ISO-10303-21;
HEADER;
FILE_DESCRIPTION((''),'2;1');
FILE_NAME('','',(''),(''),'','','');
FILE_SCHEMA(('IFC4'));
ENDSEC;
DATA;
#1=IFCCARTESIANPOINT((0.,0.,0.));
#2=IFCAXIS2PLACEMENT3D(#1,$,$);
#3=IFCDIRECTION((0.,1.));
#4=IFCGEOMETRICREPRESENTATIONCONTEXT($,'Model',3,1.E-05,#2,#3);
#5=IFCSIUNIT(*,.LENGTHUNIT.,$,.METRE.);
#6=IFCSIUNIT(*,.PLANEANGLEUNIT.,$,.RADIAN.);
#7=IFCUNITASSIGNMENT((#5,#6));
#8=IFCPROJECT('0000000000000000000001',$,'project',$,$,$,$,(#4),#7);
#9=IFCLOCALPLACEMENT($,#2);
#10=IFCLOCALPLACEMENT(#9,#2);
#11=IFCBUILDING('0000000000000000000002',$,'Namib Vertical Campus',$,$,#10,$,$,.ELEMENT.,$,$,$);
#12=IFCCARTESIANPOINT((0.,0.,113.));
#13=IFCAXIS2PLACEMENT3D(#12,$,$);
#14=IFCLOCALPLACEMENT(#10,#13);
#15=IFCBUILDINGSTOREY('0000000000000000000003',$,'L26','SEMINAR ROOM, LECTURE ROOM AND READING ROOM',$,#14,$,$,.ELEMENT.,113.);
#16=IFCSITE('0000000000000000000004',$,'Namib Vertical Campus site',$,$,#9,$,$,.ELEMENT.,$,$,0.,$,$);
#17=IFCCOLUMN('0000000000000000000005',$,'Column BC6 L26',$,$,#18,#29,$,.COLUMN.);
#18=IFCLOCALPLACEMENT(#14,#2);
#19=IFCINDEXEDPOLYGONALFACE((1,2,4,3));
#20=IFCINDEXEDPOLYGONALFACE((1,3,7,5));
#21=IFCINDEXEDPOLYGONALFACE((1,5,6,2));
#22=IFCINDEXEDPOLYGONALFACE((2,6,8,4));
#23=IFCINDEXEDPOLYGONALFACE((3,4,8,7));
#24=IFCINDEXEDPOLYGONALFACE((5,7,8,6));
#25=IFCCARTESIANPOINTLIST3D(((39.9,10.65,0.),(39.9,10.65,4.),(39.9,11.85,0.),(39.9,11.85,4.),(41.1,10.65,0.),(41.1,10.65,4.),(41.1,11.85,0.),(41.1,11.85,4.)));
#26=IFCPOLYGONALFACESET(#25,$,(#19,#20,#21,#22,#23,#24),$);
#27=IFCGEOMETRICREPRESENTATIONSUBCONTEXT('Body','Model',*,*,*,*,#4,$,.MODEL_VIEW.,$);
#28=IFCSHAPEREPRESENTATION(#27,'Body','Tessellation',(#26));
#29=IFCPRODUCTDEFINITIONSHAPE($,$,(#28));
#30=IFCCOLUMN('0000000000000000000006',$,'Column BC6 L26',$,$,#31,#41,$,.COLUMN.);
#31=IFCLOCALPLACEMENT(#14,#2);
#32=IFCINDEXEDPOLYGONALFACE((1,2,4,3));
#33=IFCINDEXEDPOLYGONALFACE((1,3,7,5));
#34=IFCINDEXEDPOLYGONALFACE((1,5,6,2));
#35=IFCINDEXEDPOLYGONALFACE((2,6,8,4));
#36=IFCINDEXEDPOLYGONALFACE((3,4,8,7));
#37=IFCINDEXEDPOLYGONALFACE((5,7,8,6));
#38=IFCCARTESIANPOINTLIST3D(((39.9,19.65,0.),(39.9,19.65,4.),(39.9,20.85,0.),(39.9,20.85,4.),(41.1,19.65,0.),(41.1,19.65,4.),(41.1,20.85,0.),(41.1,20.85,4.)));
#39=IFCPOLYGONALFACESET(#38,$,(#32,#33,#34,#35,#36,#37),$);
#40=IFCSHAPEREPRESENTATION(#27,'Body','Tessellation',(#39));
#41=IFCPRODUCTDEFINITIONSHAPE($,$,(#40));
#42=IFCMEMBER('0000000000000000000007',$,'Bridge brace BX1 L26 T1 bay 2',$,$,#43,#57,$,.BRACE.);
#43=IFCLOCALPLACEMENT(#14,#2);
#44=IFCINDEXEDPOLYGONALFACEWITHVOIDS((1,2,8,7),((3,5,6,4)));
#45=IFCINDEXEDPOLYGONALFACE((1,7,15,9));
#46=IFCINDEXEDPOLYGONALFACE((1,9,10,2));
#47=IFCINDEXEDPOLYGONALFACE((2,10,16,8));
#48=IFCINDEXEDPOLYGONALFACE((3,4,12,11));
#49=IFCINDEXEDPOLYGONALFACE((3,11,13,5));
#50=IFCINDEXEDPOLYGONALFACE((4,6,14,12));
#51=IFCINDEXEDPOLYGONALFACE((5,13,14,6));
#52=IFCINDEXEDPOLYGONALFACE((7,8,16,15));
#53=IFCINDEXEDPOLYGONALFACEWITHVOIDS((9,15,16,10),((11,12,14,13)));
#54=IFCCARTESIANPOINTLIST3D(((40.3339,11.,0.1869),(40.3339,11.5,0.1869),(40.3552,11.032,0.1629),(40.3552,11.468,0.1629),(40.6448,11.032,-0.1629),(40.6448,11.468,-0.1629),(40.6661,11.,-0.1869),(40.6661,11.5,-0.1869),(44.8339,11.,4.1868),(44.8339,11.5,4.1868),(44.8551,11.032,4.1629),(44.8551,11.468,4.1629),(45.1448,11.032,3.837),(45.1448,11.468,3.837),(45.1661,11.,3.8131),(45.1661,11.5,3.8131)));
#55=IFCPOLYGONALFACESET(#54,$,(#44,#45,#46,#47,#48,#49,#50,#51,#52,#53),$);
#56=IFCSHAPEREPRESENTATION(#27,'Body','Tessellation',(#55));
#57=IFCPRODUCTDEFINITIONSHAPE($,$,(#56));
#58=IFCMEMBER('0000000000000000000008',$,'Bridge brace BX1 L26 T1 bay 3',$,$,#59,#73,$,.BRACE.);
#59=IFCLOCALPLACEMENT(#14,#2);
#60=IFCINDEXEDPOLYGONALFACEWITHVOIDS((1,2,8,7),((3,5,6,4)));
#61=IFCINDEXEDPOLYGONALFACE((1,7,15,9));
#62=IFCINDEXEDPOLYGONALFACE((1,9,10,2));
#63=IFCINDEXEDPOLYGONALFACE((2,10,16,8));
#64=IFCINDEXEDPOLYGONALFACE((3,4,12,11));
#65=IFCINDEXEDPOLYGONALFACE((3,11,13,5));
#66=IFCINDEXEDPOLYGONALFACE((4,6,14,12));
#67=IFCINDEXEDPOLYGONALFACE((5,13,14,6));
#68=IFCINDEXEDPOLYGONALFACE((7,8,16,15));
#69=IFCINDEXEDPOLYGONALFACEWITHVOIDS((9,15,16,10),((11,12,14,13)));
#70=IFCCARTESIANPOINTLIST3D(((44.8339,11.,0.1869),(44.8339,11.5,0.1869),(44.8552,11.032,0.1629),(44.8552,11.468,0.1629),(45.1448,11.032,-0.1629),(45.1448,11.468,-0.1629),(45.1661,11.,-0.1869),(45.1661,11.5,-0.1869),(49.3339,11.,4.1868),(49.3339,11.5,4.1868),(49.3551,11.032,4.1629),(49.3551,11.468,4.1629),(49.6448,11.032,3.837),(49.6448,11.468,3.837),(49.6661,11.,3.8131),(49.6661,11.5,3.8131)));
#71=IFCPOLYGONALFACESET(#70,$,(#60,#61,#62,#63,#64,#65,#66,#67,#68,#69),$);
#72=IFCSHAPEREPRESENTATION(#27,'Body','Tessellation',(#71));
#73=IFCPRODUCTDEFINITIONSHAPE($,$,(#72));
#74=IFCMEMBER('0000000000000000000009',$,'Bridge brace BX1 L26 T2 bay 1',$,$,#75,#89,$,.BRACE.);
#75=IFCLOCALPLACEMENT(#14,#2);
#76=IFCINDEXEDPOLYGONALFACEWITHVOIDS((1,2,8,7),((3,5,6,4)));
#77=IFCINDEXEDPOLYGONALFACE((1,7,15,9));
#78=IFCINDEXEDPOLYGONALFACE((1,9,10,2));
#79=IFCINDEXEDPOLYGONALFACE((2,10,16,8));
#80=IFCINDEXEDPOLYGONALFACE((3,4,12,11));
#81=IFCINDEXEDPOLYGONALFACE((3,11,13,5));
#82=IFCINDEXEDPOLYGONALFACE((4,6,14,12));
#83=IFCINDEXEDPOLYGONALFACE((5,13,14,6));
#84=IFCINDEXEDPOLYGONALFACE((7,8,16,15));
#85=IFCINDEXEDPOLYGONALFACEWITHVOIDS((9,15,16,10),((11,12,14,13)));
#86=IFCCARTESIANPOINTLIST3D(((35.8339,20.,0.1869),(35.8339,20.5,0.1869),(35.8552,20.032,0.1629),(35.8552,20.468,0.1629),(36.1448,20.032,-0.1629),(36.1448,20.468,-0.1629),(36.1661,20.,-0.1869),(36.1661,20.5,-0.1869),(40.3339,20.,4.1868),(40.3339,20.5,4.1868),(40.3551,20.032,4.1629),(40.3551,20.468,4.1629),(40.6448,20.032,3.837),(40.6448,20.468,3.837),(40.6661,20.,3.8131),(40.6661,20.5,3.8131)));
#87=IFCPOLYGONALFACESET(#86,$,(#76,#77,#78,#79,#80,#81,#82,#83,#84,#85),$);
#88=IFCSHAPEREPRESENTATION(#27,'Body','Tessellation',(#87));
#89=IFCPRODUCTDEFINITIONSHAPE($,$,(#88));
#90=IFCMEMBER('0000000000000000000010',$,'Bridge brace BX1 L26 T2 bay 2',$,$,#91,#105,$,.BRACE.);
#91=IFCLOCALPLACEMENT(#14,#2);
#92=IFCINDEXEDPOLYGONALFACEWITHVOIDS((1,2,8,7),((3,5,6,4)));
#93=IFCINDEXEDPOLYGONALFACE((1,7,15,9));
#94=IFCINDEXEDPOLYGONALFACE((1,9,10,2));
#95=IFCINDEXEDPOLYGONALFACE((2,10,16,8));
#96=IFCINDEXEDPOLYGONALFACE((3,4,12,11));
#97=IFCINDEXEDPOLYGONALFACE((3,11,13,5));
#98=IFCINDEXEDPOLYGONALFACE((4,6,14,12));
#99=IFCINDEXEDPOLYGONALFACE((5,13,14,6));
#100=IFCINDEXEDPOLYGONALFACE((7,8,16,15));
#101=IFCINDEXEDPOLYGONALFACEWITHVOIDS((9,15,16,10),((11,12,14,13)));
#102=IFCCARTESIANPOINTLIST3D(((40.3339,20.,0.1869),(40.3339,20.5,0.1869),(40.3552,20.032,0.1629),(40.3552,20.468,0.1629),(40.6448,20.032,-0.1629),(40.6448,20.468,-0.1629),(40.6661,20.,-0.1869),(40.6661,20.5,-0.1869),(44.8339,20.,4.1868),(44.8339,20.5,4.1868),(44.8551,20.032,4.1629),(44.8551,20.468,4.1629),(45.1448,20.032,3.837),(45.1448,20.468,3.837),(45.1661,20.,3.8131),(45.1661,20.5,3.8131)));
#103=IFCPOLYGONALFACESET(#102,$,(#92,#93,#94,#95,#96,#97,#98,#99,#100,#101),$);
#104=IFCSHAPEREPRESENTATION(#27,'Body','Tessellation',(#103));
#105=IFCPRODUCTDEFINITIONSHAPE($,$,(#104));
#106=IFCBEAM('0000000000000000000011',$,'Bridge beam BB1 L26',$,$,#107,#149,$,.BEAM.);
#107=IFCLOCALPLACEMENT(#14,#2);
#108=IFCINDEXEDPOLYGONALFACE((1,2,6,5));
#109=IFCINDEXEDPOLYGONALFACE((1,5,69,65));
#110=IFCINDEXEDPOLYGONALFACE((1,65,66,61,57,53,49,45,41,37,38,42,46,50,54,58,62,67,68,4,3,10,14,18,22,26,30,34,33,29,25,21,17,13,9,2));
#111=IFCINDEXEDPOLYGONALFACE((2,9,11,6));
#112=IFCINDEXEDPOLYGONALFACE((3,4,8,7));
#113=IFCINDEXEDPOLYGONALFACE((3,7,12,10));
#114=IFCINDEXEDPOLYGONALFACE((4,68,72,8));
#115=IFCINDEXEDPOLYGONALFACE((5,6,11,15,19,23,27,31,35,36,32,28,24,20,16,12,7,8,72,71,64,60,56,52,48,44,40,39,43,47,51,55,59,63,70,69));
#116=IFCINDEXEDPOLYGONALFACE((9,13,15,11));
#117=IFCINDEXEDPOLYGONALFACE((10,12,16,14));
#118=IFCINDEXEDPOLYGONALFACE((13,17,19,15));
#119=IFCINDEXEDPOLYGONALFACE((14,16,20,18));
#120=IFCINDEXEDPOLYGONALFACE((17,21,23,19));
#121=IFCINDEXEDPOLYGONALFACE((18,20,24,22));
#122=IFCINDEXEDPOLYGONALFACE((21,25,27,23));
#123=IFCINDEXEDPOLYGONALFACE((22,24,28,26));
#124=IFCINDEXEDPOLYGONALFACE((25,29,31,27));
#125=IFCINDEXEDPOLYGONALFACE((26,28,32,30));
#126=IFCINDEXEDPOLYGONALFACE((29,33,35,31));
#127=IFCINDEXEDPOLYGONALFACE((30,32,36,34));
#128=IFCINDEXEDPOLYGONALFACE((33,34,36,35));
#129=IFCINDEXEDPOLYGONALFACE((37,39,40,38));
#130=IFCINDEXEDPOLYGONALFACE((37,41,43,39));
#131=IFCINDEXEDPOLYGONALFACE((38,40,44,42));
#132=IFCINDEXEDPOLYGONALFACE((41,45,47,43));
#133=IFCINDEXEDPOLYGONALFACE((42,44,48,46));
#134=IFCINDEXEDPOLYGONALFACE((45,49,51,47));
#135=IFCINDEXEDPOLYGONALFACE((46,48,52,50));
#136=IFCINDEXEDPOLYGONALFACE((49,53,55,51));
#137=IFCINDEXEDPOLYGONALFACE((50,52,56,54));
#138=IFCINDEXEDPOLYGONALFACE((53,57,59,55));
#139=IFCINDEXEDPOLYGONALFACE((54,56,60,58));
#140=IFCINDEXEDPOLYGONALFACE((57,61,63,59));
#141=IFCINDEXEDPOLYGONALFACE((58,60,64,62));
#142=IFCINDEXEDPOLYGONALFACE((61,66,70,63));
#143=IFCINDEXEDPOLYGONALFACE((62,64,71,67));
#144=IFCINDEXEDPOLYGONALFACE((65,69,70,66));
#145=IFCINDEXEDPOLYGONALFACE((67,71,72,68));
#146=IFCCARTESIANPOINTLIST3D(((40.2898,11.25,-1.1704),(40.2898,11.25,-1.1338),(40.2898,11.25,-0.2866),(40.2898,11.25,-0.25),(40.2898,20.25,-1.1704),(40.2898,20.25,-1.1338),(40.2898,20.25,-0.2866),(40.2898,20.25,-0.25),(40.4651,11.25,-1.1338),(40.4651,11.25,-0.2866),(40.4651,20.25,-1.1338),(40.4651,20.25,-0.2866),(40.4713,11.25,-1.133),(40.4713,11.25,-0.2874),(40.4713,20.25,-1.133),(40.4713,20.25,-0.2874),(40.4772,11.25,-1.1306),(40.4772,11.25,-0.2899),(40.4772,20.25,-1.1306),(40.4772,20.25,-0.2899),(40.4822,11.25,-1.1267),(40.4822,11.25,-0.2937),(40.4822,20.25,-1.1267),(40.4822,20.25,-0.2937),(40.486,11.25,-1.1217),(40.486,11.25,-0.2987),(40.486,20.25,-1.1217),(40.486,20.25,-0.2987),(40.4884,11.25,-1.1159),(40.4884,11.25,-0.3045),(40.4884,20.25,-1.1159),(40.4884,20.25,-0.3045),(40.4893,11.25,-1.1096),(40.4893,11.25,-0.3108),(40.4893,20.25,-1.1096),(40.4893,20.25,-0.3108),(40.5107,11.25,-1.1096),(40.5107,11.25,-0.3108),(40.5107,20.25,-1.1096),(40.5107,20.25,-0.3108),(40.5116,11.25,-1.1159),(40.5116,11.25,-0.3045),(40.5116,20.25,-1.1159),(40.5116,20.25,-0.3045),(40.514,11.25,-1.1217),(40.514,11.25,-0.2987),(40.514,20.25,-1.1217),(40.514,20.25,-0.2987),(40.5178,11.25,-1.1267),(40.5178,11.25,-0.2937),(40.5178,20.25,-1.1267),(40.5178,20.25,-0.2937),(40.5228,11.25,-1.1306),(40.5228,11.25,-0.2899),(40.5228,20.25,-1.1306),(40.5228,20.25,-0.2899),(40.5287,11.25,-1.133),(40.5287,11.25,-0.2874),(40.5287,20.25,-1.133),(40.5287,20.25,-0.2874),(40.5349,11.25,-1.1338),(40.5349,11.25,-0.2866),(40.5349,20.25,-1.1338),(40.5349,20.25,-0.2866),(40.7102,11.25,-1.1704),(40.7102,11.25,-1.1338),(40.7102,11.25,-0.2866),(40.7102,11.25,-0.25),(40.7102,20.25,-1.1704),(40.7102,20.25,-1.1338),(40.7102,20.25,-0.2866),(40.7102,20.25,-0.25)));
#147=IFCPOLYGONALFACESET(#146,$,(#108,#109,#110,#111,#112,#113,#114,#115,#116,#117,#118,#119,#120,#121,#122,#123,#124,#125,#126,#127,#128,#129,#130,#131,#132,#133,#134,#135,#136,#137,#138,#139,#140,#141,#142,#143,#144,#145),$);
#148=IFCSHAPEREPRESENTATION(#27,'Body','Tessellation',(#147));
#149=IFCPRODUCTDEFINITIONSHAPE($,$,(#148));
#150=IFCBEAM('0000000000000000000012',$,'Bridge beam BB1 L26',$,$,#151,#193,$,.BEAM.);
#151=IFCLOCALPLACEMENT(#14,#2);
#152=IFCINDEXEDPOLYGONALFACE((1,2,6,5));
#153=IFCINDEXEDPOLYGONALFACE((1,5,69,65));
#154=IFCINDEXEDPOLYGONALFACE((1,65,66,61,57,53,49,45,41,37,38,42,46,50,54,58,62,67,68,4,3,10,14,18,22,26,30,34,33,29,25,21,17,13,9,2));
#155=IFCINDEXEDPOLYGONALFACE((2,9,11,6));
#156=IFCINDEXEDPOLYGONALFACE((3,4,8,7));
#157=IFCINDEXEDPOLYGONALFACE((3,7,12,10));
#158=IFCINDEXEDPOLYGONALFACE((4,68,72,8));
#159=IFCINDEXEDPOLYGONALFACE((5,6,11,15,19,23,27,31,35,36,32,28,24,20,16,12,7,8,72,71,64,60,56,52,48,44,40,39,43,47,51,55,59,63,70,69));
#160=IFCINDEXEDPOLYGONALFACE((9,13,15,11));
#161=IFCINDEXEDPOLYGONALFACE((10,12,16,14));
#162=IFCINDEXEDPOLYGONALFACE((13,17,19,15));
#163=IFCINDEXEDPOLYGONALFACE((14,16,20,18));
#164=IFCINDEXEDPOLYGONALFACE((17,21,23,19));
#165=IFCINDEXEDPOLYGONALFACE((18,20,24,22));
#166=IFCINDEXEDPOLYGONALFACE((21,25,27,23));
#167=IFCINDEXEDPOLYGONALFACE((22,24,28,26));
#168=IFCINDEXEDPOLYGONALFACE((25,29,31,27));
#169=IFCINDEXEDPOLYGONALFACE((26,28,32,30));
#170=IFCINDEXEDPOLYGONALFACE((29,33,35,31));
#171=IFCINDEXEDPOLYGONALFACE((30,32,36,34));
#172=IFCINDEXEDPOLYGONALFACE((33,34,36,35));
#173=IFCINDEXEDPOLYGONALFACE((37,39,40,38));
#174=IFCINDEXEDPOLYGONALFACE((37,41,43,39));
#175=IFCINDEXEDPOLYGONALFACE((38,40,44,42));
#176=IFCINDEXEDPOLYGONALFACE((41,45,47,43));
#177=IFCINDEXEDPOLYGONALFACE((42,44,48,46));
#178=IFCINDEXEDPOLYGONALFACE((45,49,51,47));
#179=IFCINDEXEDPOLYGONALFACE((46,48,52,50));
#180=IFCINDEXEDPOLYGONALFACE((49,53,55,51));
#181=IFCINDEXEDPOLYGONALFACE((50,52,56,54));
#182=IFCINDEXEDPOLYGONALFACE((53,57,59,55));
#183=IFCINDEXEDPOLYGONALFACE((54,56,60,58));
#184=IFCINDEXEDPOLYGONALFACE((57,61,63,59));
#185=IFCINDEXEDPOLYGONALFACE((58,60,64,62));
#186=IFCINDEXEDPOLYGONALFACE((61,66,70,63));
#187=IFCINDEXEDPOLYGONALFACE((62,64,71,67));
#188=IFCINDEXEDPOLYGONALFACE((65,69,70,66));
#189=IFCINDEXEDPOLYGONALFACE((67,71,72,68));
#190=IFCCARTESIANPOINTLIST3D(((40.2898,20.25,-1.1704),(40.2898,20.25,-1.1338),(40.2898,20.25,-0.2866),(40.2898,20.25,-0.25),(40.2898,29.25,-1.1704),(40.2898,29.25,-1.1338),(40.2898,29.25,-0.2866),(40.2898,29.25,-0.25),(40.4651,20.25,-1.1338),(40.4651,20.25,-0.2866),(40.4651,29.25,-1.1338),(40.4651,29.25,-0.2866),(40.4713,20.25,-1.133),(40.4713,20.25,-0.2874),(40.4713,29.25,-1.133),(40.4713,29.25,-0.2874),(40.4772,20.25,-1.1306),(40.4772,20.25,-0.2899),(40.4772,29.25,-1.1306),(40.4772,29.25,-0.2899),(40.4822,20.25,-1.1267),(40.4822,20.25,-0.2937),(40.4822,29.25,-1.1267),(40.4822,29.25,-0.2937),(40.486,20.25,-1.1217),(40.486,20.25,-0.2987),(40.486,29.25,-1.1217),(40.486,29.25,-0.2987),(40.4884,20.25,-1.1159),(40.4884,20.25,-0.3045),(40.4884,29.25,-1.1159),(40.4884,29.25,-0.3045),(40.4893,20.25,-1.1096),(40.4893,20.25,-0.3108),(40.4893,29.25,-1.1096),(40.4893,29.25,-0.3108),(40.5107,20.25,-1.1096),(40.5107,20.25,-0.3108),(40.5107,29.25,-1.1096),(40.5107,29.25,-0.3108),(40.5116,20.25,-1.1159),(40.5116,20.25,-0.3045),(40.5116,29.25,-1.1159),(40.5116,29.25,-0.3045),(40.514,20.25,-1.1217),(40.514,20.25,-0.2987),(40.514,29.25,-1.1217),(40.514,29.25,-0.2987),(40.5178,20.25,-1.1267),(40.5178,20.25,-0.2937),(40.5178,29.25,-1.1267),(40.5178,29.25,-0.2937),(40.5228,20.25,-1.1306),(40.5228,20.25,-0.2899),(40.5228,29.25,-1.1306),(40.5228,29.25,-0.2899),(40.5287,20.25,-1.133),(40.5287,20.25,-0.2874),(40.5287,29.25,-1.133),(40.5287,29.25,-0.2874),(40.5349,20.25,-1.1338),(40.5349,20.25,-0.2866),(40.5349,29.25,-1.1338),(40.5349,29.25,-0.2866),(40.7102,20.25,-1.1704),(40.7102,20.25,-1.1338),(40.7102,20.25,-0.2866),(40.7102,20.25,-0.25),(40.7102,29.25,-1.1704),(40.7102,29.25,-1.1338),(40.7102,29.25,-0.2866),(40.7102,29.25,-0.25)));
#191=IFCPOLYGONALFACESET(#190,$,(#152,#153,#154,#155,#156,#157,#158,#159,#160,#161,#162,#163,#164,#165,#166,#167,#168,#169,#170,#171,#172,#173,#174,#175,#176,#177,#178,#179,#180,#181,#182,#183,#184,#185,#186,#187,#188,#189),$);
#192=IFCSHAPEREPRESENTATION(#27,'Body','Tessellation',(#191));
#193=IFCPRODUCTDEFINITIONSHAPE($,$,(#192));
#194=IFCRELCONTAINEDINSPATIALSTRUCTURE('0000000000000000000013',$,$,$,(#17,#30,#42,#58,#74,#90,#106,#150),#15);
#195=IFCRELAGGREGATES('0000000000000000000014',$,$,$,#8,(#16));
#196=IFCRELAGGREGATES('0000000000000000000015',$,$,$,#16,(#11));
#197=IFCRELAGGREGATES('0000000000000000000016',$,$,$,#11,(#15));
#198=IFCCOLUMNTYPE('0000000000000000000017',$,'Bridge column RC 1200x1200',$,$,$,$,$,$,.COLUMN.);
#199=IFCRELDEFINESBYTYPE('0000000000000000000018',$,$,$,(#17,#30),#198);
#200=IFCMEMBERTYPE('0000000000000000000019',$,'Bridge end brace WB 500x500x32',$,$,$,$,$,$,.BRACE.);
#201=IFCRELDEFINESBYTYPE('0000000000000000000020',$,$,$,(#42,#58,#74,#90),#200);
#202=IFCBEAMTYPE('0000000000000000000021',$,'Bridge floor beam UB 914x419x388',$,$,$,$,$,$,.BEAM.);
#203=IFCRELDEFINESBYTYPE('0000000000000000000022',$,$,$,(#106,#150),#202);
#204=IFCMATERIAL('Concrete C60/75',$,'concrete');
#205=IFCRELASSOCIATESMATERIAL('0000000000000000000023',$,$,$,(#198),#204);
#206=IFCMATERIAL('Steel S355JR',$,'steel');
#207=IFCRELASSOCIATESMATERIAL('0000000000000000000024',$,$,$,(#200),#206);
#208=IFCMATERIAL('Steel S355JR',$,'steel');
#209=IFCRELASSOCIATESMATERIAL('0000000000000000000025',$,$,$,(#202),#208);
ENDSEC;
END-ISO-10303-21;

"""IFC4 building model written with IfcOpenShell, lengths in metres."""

from ifc_helpers import new_model, si_unit, direction, frame, origin, origin_2d, place, context, subcontext, project, spatial, rectangle, hollow_rectangle, i_section, extrude, material, material_profile, profile_set, type_object, element, save


model = new_model("IFC4")

# Units and contexts
model_context = context("Model", 3, precision=1e-05, world=origin(), true_north=direction((0.0, 1.0)))
body_context = subcontext(model_context, "Body", "Model", "MODEL_VIEW")
ifc_project = project(units=[si_unit("LENGTHUNIT", "METRE"), si_unit("PLANEANGLEUNIT", "RADIAN")], contexts=[model_context])

# Site, building, storey
site_placement = place(None, origin())
site = spatial("IfcSite", under=ifc_project, at=site_placement, Name="Namib Vertical Campus site", CompositionType="ELEMENT", RefElevation=0.0)
building_placement = place(site_placement, origin())
building = spatial("IfcBuilding", under=site, at=building_placement, Name="Namib Vertical Campus", CompositionType="ELEMENT")
storey_placement = place(building_placement, frame((0.0, 0.0, 113.0)))
storey = spatial("IfcBuildingStorey", under=building, at=storey_placement, Name="L26", Description="SEMINAR ROOM, LECTURE ROOM AND READING ROOM", CompositionType="ELEMENT", Elevation=113.0)

# Columns
ifc_material_1 = material(Name="Concrete C60/75", Category="concrete")
ifc_material_profile_1 = material_profile(ifc_material_1, rectangle(XDim=1.2, YDim=1.2, at=origin_2d()))
ifc_profile_set_1 = profile_set([ifc_material_profile_1], Name="Concrete C60/75")
column_type = type_object("IfcColumnType", Name="Bridge column RC 1200x1200", PredefinedType="COLUMN", material=ifc_profile_set_1)
for number, where, z_axis, x_axis, name in (
    (1, (40.5, 11.25, 0.0), (0.0, 0.0, 1.0), (1.0, 0.0, 0.0), "Column BC6 L26"),
    (2, (40.5, 20.25, 0.0), (0.0, 0.0, 1.0), (1.0, 0.0, 0.0), "Column BC6 L26"),
):
    element("IfcColumn", number, at=place(storey_placement, frame(where, z_axis=z_axis, x_axis=x_axis)), inside=storey, type_object=column_type, Name=name, PredefinedType="COLUMN", context=body_context, shape_type="SweptSolid", body=[
        extrude(rectangle(XDim=1.2, YDim=1.2, at=origin_2d()), origin(), (0.0, 0.0, 1.0), 4.0),
    ])

# Members
ifc_material_2 = material(Name="Steel S355JR", Category="steel")
ifc_material_profile_2 = material_profile(ifc_material_2, hollow_rectangle(XDim=0.5, YDim=0.5, WallThickness=0.032, at=origin_2d()))
ifc_profile_set_2 = profile_set([ifc_material_profile_2], Name="Steel S355JR")
member_type_1 = type_object("IfcMemberType", Name="Bridge end brace WB 500x500x32", PredefinedType="BRACE", material=ifc_profile_set_2)
for number, where, z_axis, x_axis, name in (
    (3, (40.5, 11.25, 0.0), (0.747409, 0.0, 0.664364), (0.0, 1.0, 0.0), "Bridge brace BX1 L26 T1 bay 2"),
    (4, (45.0, 11.25, 0.0), (0.747409, 0.0, 0.664364), (0.0, 1.0, 0.0), "Bridge brace BX1 L26 T1 bay 3"),
    (5, (36.0, 20.25, 0.0), (0.747409, 0.0, 0.664364), (0.0, 1.0, 0.0), "Bridge brace BX1 L26 T2 bay 1"),
    (6, (40.5, 20.25, 0.0), (0.747409, 0.0, 0.664364), (0.0, 1.0, 0.0), "Bridge brace BX1 L26 T2 bay 2"),
):
    element("IfcMember", number, at=place(storey_placement, frame(where, z_axis=z_axis, x_axis=x_axis)), inside=storey, type_object=member_type_1, Name=name, PredefinedType="BRACE", context=body_context, shape_type="SweptSolid", body=[
        extrude(hollow_rectangle(XDim=0.5, YDim=0.5, WallThickness=0.032, at=origin_2d()), origin(), (0.0, 0.0, 1.0), 6.0208),
    ])

# Beams
ifc_material_3 = material(Name="Steel S355JR", Category="steel")
ifc_material_profile_3 = material_profile(ifc_material_3, i_section(OverallWidth=0.4204, OverallDepth=0.9204, WebThickness=0.0215, FlangeThickness=0.0366, FilletRadius=0.0242, at=origin_2d()))
ifc_profile_set_3 = profile_set([ifc_material_profile_3], Name="Steel S355JR")
beam_type_1 = type_object("IfcBeamType", Name="Bridge floor beam UB 914x419x388", PredefinedType="BEAM", material=ifc_profile_set_3)
for number, where, z_axis, x_axis, name in (
    (7, (40.5, 11.25, -0.7102), (0.0, 1.0, 0.0), (-1.0, 0.0, 0.0), "Bridge beam BB1 L26"),
    (8, (40.5, 20.25, -0.7102), (0.0, 1.0, 0.0), (-1.0, 0.0, 0.0), "Bridge beam BB1 L26"),
):
    element("IfcBeam", number, at=place(storey_placement, frame(where, z_axis=z_axis, x_axis=x_axis)), inside=storey, type_object=beam_type_1, Name=name, PredefinedType="BEAM", context=body_context, shape_type="SweptSolid", body=[
        extrude(i_section(OverallWidth=0.4204, OverallDepth=0.9204, WebThickness=0.0215, FlangeThickness=0.0366, FilletRadius=0.0242, at=origin_2d()), origin(), (0.0, 0.0, 1.0), 9.0),
    ])

save(model, "model.ifc")
